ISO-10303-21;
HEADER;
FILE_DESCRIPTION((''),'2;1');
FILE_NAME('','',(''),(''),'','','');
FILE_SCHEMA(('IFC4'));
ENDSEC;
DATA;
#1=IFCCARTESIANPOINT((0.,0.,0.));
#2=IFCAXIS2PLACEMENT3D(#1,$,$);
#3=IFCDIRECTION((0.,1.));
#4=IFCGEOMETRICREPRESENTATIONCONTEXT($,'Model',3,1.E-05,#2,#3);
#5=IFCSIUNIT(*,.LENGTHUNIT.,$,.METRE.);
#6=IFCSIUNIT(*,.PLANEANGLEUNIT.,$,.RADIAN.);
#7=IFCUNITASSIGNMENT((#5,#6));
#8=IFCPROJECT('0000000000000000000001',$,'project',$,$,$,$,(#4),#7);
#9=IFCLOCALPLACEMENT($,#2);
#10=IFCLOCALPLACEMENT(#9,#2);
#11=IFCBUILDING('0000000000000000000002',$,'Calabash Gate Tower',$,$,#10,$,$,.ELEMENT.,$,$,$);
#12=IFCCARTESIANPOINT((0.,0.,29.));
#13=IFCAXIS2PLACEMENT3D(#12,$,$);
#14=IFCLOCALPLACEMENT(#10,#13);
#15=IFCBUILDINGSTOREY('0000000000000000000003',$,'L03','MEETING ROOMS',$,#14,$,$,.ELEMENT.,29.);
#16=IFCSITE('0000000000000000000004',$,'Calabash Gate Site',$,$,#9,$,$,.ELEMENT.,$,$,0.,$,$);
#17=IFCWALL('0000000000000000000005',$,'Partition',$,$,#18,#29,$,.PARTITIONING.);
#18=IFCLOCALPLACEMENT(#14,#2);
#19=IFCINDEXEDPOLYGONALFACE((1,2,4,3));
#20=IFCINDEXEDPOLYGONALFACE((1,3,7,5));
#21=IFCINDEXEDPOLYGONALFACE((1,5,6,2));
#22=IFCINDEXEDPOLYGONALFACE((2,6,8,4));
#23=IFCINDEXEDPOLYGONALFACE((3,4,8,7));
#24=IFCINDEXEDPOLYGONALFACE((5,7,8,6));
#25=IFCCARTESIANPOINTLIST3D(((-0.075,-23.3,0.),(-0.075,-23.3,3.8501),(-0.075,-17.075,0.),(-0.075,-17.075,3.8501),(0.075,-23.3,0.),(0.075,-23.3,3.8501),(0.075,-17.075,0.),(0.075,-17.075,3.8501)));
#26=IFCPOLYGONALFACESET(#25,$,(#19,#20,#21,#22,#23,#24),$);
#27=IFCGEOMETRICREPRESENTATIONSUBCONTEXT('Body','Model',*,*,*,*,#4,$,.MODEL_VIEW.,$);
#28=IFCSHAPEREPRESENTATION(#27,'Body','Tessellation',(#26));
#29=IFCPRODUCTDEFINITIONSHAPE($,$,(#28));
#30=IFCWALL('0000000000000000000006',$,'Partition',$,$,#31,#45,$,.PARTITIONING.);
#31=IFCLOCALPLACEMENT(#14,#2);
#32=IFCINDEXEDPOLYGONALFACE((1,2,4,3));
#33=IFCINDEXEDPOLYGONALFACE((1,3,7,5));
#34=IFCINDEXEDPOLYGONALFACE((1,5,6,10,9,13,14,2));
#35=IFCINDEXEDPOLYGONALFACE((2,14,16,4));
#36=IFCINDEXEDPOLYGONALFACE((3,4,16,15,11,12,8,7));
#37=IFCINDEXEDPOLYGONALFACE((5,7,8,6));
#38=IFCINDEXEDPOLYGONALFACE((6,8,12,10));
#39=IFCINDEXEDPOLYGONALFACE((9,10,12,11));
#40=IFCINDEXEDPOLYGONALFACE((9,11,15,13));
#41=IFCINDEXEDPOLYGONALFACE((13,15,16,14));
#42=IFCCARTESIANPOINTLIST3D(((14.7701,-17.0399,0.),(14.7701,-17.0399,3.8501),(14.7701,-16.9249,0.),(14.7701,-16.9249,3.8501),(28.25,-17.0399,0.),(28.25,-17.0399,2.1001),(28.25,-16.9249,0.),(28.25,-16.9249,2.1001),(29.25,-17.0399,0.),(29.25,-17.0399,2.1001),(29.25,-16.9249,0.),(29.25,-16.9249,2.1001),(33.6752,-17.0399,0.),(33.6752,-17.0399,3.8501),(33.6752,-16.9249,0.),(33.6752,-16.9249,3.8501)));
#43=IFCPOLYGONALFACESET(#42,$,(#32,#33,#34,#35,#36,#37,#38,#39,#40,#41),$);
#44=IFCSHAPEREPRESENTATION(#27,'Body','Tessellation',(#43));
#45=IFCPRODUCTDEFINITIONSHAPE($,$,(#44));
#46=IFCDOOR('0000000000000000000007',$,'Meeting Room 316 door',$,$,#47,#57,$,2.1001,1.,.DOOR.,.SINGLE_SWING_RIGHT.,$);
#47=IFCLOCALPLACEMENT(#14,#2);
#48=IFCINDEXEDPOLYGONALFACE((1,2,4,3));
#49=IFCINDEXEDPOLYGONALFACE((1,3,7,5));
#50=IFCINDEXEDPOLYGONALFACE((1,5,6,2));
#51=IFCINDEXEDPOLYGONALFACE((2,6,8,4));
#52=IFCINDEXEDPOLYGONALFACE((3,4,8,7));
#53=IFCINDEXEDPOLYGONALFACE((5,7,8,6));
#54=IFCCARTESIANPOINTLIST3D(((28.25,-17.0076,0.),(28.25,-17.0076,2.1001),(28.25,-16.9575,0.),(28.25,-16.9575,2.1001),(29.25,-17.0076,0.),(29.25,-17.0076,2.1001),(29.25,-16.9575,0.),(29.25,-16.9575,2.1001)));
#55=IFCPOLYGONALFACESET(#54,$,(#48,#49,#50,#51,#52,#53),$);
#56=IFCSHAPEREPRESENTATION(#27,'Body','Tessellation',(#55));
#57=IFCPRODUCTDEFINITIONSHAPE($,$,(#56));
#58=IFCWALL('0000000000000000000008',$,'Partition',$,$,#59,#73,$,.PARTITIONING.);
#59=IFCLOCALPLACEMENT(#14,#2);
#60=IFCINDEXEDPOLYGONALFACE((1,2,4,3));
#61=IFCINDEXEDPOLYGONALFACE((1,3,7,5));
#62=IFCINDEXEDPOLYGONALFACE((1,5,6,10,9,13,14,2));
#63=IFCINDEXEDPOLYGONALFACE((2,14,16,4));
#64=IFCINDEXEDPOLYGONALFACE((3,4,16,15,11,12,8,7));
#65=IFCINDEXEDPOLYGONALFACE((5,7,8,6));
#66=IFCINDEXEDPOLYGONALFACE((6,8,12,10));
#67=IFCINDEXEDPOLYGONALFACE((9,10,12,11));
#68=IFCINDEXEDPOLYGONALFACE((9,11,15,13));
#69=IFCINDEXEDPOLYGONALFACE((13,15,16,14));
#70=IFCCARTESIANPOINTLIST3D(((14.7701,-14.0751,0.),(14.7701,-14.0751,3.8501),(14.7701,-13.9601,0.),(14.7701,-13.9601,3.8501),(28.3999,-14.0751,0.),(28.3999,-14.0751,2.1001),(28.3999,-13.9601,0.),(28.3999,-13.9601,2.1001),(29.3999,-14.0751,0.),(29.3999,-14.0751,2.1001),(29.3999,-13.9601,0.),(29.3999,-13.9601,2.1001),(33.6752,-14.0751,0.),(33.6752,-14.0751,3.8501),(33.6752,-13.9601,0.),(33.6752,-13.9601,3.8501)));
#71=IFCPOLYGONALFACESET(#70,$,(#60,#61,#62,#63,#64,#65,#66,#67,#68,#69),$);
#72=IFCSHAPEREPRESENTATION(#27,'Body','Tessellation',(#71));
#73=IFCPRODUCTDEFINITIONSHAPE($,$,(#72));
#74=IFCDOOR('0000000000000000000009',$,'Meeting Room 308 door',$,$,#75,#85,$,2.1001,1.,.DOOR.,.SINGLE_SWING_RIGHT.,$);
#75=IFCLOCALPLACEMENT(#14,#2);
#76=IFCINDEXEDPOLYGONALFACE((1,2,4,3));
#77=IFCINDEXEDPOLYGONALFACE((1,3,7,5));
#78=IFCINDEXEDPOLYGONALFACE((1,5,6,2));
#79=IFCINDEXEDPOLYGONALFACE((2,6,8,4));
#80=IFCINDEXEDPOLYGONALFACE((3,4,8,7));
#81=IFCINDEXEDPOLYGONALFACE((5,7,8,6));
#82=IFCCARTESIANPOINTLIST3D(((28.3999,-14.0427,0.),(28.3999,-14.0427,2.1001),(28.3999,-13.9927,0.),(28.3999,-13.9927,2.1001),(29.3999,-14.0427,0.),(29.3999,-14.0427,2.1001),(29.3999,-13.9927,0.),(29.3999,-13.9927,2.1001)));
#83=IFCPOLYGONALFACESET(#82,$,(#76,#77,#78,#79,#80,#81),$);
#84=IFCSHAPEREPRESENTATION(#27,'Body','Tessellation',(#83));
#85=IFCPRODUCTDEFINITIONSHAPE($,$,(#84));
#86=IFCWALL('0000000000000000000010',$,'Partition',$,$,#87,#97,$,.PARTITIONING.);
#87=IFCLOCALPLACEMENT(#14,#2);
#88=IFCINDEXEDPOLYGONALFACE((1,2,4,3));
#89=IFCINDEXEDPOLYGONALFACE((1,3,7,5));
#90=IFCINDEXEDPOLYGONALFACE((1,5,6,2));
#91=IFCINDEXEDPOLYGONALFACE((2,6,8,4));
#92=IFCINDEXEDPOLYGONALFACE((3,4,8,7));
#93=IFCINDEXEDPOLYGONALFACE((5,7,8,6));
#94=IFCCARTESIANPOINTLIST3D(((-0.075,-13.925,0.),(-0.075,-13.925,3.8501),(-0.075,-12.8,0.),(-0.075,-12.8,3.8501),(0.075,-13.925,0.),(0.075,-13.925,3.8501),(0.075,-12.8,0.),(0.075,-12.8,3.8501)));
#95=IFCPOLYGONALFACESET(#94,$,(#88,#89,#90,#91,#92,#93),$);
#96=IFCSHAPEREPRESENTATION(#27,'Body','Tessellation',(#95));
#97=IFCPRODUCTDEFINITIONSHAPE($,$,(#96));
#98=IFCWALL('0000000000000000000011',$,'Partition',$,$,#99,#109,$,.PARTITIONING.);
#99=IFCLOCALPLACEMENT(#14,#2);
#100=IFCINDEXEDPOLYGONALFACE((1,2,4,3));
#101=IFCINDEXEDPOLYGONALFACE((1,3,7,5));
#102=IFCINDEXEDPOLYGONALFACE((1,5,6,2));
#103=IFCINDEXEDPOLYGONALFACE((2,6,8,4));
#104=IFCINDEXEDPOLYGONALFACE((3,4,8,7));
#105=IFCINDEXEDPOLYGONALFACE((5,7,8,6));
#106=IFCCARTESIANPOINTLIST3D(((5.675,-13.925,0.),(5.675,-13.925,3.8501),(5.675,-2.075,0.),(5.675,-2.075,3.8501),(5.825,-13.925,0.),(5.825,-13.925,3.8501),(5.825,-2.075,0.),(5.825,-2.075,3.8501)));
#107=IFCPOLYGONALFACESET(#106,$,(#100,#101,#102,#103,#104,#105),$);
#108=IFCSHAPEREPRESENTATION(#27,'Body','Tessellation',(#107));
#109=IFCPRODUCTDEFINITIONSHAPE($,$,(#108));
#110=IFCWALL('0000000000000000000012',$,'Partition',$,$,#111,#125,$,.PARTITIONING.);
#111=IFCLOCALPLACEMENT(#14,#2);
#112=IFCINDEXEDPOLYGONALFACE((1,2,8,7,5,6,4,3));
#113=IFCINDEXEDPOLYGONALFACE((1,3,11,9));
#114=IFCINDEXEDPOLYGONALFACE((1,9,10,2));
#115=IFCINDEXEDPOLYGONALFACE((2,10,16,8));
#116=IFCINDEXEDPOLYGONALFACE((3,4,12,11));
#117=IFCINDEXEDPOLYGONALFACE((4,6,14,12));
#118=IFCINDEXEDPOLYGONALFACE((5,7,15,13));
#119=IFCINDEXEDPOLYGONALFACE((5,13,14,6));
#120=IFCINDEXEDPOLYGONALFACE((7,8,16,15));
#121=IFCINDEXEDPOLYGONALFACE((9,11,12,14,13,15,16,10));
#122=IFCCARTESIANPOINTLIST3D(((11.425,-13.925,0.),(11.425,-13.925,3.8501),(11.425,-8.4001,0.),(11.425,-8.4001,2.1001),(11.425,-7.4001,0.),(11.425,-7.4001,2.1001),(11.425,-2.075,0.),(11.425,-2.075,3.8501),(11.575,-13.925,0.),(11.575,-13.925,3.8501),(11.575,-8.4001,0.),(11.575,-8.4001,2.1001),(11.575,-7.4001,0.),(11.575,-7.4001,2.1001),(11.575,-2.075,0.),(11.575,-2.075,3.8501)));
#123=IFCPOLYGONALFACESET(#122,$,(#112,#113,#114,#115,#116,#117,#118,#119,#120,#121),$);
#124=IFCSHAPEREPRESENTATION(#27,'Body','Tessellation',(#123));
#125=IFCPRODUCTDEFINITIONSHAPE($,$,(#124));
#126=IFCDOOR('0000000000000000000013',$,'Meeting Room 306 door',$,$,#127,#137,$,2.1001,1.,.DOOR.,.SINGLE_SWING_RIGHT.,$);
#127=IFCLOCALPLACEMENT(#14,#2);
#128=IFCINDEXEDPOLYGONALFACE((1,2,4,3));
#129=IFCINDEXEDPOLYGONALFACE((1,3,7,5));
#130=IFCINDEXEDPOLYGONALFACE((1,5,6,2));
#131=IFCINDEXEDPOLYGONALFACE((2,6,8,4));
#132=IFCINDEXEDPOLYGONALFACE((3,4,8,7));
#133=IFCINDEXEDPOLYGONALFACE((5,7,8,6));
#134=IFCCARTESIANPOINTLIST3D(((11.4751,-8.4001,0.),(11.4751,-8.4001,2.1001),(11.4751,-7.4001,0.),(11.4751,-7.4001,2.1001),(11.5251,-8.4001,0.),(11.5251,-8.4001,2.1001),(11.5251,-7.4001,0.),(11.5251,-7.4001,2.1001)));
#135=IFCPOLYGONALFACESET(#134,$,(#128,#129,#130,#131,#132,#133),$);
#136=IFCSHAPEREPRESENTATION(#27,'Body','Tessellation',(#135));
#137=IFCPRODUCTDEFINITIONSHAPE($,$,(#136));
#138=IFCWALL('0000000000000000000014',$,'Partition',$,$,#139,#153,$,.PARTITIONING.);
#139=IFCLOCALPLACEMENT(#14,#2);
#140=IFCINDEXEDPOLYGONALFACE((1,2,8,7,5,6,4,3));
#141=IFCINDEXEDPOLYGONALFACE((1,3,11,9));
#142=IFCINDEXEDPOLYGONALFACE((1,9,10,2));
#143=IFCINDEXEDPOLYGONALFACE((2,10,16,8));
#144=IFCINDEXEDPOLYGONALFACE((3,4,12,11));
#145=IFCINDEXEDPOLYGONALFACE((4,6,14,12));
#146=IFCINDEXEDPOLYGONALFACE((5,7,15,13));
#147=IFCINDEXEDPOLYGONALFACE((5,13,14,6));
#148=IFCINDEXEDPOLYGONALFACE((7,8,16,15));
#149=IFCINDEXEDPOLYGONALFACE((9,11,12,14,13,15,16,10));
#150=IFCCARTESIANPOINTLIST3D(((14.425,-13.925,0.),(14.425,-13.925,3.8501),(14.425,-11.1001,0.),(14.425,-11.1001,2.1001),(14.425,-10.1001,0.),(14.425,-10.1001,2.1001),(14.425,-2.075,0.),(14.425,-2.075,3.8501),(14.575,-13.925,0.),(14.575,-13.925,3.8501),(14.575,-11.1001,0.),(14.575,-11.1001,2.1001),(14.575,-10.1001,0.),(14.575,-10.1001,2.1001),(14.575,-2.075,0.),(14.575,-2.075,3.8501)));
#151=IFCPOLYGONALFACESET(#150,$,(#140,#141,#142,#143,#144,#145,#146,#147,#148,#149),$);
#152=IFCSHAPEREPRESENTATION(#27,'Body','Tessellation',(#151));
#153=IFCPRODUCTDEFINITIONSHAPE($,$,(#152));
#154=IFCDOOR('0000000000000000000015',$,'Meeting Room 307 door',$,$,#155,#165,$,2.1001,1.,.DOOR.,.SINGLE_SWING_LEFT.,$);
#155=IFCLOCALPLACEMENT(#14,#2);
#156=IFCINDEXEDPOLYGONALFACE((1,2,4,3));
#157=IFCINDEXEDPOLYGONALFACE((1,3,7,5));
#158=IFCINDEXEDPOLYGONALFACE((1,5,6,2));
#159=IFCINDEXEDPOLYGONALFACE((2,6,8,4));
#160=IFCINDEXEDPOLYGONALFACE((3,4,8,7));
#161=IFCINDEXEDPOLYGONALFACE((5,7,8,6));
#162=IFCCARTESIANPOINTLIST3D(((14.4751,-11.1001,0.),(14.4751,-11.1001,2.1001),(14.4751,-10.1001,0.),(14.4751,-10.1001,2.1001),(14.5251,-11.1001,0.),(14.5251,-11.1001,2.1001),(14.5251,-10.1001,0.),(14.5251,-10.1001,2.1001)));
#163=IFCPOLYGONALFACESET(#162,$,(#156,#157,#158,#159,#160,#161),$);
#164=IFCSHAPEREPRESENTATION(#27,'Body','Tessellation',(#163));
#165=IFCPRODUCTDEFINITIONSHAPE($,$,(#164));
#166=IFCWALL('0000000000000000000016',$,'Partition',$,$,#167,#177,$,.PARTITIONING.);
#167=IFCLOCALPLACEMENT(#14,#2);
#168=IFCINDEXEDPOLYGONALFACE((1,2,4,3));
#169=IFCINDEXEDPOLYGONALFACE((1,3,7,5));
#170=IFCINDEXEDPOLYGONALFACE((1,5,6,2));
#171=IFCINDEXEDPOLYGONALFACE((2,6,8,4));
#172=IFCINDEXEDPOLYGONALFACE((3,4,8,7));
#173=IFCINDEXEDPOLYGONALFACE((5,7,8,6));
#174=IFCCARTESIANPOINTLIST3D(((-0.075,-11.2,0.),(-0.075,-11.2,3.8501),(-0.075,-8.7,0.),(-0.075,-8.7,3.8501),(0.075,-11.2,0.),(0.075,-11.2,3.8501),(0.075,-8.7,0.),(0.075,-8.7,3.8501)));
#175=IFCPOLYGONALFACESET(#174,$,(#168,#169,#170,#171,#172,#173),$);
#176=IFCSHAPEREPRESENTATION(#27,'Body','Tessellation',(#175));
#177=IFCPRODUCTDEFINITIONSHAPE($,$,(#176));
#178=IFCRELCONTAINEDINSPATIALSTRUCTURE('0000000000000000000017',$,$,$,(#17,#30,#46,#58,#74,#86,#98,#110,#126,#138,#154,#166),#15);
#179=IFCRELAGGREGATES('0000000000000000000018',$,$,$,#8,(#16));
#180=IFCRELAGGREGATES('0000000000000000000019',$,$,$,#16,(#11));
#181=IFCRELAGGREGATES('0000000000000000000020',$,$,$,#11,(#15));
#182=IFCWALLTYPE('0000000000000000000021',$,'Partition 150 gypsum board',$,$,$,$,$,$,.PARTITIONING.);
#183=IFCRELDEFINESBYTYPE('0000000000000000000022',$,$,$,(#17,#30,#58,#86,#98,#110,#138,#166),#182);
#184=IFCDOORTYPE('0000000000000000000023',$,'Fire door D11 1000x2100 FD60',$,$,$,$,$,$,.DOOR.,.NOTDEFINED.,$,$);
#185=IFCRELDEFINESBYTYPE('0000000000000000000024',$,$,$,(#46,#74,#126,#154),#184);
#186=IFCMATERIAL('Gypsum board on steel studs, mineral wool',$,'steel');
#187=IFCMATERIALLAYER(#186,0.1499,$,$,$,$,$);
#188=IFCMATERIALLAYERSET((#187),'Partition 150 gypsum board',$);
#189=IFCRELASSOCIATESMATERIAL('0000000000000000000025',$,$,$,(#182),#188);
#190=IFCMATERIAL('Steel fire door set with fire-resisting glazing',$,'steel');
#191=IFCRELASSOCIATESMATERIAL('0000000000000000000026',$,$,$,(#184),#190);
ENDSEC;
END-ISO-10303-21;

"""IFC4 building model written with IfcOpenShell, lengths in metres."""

from ifc_helpers import new_model, si_unit, direction, frame, frame_2d, origin, place, context, subcontext, project, spatial, rectangle, extrude, material, layer, layer_set, type_object, element, fill, save


model = new_model("IFC4")

# Units and contexts
model_context = context("Model", 3, precision=1e-05, world=origin(), true_north=direction((0.0, 1.0)))
body_context = subcontext(model_context, "Body", "Model", "MODEL_VIEW")
ifc_project = project(units=[si_unit("LENGTHUNIT", "METRE"), si_unit("PLANEANGLEUNIT", "RADIAN")], contexts=[model_context])

# Site, building, storey
site_placement = place(None, origin())
site = spatial("IfcSite", under=ifc_project, at=site_placement, Name="Calabash Gate Site", CompositionType="ELEMENT", RefElevation=0.0)
building_placement = place(site_placement, origin())
building = spatial("IfcBuilding", under=site, at=building_placement, Name="Calabash Gate Tower", CompositionType="ELEMENT")
storey_placement = place(building_placement, frame((0.0, 0.0, 29.0)))
storey = spatial("IfcBuildingStorey", under=building, at=storey_placement, Name="L03", Description="MEETING ROOMS", CompositionType="ELEMENT", Elevation=29.0)

# Shared definitions
ifc_material_1 = material(Name="Gypsum board on steel studs, mineral wool", Category="steel")
ifc_layer = layer(ifc_material_1, 0.1499)
ifc_layer_set = layer_set([ifc_layer], Name="Partition 150 gypsum board")
wall_type = type_object("IfcWallType", Name="Partition 150 gypsum board", PredefinedType="PARTITIONING", material=ifc_layer_set)
ifc_material_2 = material(Name="Steel fire door set with fire-resisting glazing", Category="steel")
door_type = type_object("IfcDoorType", Name="Fire door D11 1000x2100 FD60", OperationType="NOTDEFINED", PredefinedType="DOOR", material=ifc_material_2)

# Wall
wall_1_placement = place(storey_placement, frame((0.0, -23.3, 0.0), z_axis=(0.0, 0.0, 1.0), x_axis=(0.0, 1.0, 0.0)))
element("IfcWall", 1, at=wall_1_placement, inside=storey, type_object=wall_type, Name="Partition", PredefinedType="PARTITIONING", context=body_context, shape_type="SweptSolid", body=[
    extrude(rectangle(XDim=6.2251, YDim=0.1499, at=frame_2d((3.1125, 0.0))), origin(), (0.0, 0.0, 1.0), 3.8501),
])

# Walls, openings, doors
wall_2_placement = place(storey_placement, frame((14.77, -16.9824, 0.0), z_axis=(0.0, 0.0, 1.0), x_axis=(1.0, 0.0, 0.0)))
wall_2 = element("IfcWall", 2, at=wall_2_placement, inside=storey, type_object=wall_type, Name="Partition", PredefinedType="PARTITIONING", context=body_context, shape_type="SweptSolid", body=[
    extrude(rectangle(XDim=18.905, YDim=0.115, at=frame_2d((9.4526, 0.0))), origin(), (0.0, 0.0, 1.0), 3.8501),
])
opening_1_placement = place(wall_2_placement, frame((13.48, 0.0, 0.0)))
opening_1 = element("IfcOpeningElement", 3, at=opening_1_placement, cuts=wall_2, PredefinedType="OPENING", context=body_context, shape_type="SweptSolid", body=[
    extrude(rectangle(XDim=1.0, YDim=2.1001, at=frame_2d((0.5, 1.05))), frame((0.0, 0.0674, 0.0), z_axis=(0.0, -1.0, 0.0), x_axis=(1.0, 0.0, 0.0)), (0.0, 0.0, 1.0), 0.135),
])
door_1_placement = place(opening_1_placement, origin())
door_1 = element("IfcDoor", 4, at=door_1_placement, inside=storey, type_object=door_type, Name="Meeting Room 316 door", OperationType="SINGLE_SWING_RIGHT", OverallHeight=2.1001, OverallWidth=1.0, PredefinedType="DOOR", context=body_context, shape_type="SweptSolid", body=[
    extrude(rectangle(XDim=1.0, YDim=2.1001, at=frame_2d((0.5, 1.05))), frame((0.0, 0.0249, 0.0), z_axis=(0.0, -1.0, 0.0), x_axis=(1.0, 0.0, 0.0)), (0.0, 0.0, 1.0), 0.05),
])
fill(opening_1, door_1)
wall_3_placement = place(storey_placement, frame((14.77, -14.0176, 0.0), z_axis=(0.0, 0.0, 1.0), x_axis=(1.0, 0.0, 0.0)))
wall_3 = element("IfcWall", 5, at=wall_3_placement, inside=storey, type_object=wall_type, Name="Partition", PredefinedType="PARTITIONING", context=body_context, shape_type="SweptSolid", body=[
    extrude(rectangle(XDim=18.905, YDim=0.115, at=frame_2d((9.4526, 0.0))), origin(), (0.0, 0.0, 1.0), 3.8501),
])
opening_2_placement = place(wall_3_placement, frame((13.6299, 0.0, 0.0)))
opening_2 = element("IfcOpeningElement", 6, at=opening_2_placement, cuts=wall_3, PredefinedType="OPENING", context=body_context, shape_type="SweptSolid", body=[
    extrude(rectangle(XDim=1.0, YDim=2.1001, at=frame_2d((0.5, 1.05))), frame((0.0, 0.0674, 0.0), z_axis=(0.0, -1.0, 0.0), x_axis=(1.0, 0.0, 0.0)), (0.0, 0.0, 1.0), 0.135),
])
door_2_placement = place(opening_2_placement, origin())
door_2 = element("IfcDoor", 7, at=door_2_placement, inside=storey, type_object=door_type, Name="Meeting Room 308 door", OperationType="SINGLE_SWING_RIGHT", OverallHeight=2.1001, OverallWidth=1.0, PredefinedType="DOOR", context=body_context, shape_type="SweptSolid", body=[
    extrude(rectangle(XDim=1.0, YDim=2.1001, at=frame_2d((0.5, 1.05))), frame((0.0, 0.0249, 0.0), z_axis=(0.0, -1.0, 0.0), x_axis=(1.0, 0.0, 0.0)), (0.0, 0.0, 1.0), 0.05),
])
fill(opening_2, door_2)

# Walls
wall_4_placement = place(storey_placement, frame((0.0, -13.925, 0.0), z_axis=(0.0, 0.0, 1.0), x_axis=(0.0, 1.0, 0.0)))
element("IfcWall", 8, at=wall_4_placement, inside=storey, type_object=wall_type, Name="Partition", PredefinedType="PARTITIONING", context=body_context, shape_type="SweptSolid", body=[
    extrude(rectangle(XDim=1.125, YDim=0.1499, at=frame_2d((0.5625, 0.0))), origin(), (0.0, 0.0, 1.0), 3.8501),
])
wall_5_placement = place(storey_placement, frame((5.75, -13.925, 0.0), z_axis=(0.0, 0.0, 1.0), x_axis=(0.0, 1.0, 0.0)))
element("IfcWall", 9, at=wall_5_placement, inside=storey, type_object=wall_type, Name="Partition", PredefinedType="PARTITIONING", context=body_context, shape_type="SweptSolid", body=[
    extrude(rectangle(XDim=11.8501, YDim=0.1499, at=frame_2d((5.925, 0.0))), origin(), (0.0, 0.0, 1.0), 3.8501),
])

# Walls, openings, doors
wall_6_placement = place(storey_placement, frame((11.5, -13.925, 0.0), z_axis=(0.0, 0.0, 1.0), x_axis=(0.0, 1.0, 0.0)))
wall_6 = element("IfcWall", 10, at=wall_6_placement, inside=storey, type_object=wall_type, Name="Partition", PredefinedType="PARTITIONING", context=body_context, shape_type="SweptSolid", body=[
    extrude(rectangle(XDim=11.8501, YDim=0.1499, at=frame_2d((5.925, 0.0))), origin(), (0.0, 0.0, 1.0), 3.8501),
])
opening_3_placement = place(wall_6_placement, frame((5.5249, 0.0, 0.0)))
opening_3 = element("IfcOpeningElement", 11, at=opening_3_placement, cuts=wall_6, PredefinedType="OPENING", context=body_context, shape_type="SweptSolid", body=[
    extrude(rectangle(XDim=1.0, YDim=2.1001, at=frame_2d((0.5, 1.05))), frame((0.0, 0.085, 0.0), z_axis=(0.0, -1.0, 0.0), x_axis=(1.0, 0.0, 0.0)), (0.0, 0.0, 1.0), 0.1699),
])
door_3_placement = place(opening_3_placement, origin())
door_3 = element("IfcDoor", 12, at=door_3_placement, inside=storey, type_object=door_type, Name="Meeting Room 306 door", OperationType="SINGLE_SWING_RIGHT", OverallHeight=2.1001, OverallWidth=1.0, PredefinedType="DOOR", context=body_context, shape_type="SweptSolid", body=[
    extrude(rectangle(XDim=1.0, YDim=2.1001, at=frame_2d((0.5, 1.05))), frame((0.0, 0.0249, 0.0), z_axis=(0.0, -1.0, 0.0), x_axis=(1.0, 0.0, 0.0)), (0.0, 0.0, 1.0), 0.05),
])
fill(opening_3, door_3)
wall_7_placement = place(storey_placement, frame((14.5, -13.925, 0.0), z_axis=(0.0, 0.0, 1.0), x_axis=(0.0, 1.0, 0.0)))
wall_7 = element("IfcWall", 13, at=wall_7_placement, inside=storey, type_object=wall_type, Name="Partition", PredefinedType="PARTITIONING", context=body_context, shape_type="SweptSolid", body=[
    extrude(rectangle(XDim=11.8501, YDim=0.1499, at=frame_2d((5.925, 0.0))), origin(), (0.0, 0.0, 1.0), 3.8501),
])
opening_4_placement = place(wall_7_placement, frame((2.825, 0.0, 0.0)))
opening_4 = element("IfcOpeningElement", 14, at=opening_4_placement, cuts=wall_7, PredefinedType="OPENING", context=body_context, shape_type="SweptSolid", body=[
    extrude(rectangle(XDim=1.0, YDim=2.1001, at=frame_2d((0.5, 1.05))), frame((0.0, 0.085, 0.0), z_axis=(0.0, -1.0, 0.0), x_axis=(1.0, 0.0, 0.0)), (0.0, 0.0, 1.0), 0.1699),
])
door_4_placement = place(opening_4_placement, origin())
door_4 = element("IfcDoor", 15, at=door_4_placement, inside=storey, type_object=door_type, Name="Meeting Room 307 door", OperationType="SINGLE_SWING_LEFT", OverallHeight=2.1001, OverallWidth=1.0, PredefinedType="DOOR", context=body_context, shape_type="SweptSolid", body=[
    extrude(rectangle(XDim=1.0, YDim=2.1001, at=frame_2d((0.5, 1.05))), frame((0.0, 0.0249, 0.0), z_axis=(0.0, -1.0, 0.0), x_axis=(1.0, 0.0, 0.0)), (0.0, 0.0, 1.0), 0.05),
])
fill(opening_4, door_4)

# Wall
wall_8_placement = place(storey_placement, frame((0.0, -11.2, 0.0), z_axis=(0.0, 0.0, 1.0), x_axis=(0.0, 1.0, 0.0)))
element("IfcWall", 16, at=wall_8_placement, inside=storey, type_object=wall_type, Name="Partition", PredefinedType="PARTITIONING", context=body_context, shape_type="SweptSolid", body=[
    extrude(rectangle(XDim=2.5, YDim=0.1499, at=frame_2d((1.25, 0.0))), origin(), (0.0, 0.0, 1.0), 3.8501),
])

save(model, "model.ifc")
